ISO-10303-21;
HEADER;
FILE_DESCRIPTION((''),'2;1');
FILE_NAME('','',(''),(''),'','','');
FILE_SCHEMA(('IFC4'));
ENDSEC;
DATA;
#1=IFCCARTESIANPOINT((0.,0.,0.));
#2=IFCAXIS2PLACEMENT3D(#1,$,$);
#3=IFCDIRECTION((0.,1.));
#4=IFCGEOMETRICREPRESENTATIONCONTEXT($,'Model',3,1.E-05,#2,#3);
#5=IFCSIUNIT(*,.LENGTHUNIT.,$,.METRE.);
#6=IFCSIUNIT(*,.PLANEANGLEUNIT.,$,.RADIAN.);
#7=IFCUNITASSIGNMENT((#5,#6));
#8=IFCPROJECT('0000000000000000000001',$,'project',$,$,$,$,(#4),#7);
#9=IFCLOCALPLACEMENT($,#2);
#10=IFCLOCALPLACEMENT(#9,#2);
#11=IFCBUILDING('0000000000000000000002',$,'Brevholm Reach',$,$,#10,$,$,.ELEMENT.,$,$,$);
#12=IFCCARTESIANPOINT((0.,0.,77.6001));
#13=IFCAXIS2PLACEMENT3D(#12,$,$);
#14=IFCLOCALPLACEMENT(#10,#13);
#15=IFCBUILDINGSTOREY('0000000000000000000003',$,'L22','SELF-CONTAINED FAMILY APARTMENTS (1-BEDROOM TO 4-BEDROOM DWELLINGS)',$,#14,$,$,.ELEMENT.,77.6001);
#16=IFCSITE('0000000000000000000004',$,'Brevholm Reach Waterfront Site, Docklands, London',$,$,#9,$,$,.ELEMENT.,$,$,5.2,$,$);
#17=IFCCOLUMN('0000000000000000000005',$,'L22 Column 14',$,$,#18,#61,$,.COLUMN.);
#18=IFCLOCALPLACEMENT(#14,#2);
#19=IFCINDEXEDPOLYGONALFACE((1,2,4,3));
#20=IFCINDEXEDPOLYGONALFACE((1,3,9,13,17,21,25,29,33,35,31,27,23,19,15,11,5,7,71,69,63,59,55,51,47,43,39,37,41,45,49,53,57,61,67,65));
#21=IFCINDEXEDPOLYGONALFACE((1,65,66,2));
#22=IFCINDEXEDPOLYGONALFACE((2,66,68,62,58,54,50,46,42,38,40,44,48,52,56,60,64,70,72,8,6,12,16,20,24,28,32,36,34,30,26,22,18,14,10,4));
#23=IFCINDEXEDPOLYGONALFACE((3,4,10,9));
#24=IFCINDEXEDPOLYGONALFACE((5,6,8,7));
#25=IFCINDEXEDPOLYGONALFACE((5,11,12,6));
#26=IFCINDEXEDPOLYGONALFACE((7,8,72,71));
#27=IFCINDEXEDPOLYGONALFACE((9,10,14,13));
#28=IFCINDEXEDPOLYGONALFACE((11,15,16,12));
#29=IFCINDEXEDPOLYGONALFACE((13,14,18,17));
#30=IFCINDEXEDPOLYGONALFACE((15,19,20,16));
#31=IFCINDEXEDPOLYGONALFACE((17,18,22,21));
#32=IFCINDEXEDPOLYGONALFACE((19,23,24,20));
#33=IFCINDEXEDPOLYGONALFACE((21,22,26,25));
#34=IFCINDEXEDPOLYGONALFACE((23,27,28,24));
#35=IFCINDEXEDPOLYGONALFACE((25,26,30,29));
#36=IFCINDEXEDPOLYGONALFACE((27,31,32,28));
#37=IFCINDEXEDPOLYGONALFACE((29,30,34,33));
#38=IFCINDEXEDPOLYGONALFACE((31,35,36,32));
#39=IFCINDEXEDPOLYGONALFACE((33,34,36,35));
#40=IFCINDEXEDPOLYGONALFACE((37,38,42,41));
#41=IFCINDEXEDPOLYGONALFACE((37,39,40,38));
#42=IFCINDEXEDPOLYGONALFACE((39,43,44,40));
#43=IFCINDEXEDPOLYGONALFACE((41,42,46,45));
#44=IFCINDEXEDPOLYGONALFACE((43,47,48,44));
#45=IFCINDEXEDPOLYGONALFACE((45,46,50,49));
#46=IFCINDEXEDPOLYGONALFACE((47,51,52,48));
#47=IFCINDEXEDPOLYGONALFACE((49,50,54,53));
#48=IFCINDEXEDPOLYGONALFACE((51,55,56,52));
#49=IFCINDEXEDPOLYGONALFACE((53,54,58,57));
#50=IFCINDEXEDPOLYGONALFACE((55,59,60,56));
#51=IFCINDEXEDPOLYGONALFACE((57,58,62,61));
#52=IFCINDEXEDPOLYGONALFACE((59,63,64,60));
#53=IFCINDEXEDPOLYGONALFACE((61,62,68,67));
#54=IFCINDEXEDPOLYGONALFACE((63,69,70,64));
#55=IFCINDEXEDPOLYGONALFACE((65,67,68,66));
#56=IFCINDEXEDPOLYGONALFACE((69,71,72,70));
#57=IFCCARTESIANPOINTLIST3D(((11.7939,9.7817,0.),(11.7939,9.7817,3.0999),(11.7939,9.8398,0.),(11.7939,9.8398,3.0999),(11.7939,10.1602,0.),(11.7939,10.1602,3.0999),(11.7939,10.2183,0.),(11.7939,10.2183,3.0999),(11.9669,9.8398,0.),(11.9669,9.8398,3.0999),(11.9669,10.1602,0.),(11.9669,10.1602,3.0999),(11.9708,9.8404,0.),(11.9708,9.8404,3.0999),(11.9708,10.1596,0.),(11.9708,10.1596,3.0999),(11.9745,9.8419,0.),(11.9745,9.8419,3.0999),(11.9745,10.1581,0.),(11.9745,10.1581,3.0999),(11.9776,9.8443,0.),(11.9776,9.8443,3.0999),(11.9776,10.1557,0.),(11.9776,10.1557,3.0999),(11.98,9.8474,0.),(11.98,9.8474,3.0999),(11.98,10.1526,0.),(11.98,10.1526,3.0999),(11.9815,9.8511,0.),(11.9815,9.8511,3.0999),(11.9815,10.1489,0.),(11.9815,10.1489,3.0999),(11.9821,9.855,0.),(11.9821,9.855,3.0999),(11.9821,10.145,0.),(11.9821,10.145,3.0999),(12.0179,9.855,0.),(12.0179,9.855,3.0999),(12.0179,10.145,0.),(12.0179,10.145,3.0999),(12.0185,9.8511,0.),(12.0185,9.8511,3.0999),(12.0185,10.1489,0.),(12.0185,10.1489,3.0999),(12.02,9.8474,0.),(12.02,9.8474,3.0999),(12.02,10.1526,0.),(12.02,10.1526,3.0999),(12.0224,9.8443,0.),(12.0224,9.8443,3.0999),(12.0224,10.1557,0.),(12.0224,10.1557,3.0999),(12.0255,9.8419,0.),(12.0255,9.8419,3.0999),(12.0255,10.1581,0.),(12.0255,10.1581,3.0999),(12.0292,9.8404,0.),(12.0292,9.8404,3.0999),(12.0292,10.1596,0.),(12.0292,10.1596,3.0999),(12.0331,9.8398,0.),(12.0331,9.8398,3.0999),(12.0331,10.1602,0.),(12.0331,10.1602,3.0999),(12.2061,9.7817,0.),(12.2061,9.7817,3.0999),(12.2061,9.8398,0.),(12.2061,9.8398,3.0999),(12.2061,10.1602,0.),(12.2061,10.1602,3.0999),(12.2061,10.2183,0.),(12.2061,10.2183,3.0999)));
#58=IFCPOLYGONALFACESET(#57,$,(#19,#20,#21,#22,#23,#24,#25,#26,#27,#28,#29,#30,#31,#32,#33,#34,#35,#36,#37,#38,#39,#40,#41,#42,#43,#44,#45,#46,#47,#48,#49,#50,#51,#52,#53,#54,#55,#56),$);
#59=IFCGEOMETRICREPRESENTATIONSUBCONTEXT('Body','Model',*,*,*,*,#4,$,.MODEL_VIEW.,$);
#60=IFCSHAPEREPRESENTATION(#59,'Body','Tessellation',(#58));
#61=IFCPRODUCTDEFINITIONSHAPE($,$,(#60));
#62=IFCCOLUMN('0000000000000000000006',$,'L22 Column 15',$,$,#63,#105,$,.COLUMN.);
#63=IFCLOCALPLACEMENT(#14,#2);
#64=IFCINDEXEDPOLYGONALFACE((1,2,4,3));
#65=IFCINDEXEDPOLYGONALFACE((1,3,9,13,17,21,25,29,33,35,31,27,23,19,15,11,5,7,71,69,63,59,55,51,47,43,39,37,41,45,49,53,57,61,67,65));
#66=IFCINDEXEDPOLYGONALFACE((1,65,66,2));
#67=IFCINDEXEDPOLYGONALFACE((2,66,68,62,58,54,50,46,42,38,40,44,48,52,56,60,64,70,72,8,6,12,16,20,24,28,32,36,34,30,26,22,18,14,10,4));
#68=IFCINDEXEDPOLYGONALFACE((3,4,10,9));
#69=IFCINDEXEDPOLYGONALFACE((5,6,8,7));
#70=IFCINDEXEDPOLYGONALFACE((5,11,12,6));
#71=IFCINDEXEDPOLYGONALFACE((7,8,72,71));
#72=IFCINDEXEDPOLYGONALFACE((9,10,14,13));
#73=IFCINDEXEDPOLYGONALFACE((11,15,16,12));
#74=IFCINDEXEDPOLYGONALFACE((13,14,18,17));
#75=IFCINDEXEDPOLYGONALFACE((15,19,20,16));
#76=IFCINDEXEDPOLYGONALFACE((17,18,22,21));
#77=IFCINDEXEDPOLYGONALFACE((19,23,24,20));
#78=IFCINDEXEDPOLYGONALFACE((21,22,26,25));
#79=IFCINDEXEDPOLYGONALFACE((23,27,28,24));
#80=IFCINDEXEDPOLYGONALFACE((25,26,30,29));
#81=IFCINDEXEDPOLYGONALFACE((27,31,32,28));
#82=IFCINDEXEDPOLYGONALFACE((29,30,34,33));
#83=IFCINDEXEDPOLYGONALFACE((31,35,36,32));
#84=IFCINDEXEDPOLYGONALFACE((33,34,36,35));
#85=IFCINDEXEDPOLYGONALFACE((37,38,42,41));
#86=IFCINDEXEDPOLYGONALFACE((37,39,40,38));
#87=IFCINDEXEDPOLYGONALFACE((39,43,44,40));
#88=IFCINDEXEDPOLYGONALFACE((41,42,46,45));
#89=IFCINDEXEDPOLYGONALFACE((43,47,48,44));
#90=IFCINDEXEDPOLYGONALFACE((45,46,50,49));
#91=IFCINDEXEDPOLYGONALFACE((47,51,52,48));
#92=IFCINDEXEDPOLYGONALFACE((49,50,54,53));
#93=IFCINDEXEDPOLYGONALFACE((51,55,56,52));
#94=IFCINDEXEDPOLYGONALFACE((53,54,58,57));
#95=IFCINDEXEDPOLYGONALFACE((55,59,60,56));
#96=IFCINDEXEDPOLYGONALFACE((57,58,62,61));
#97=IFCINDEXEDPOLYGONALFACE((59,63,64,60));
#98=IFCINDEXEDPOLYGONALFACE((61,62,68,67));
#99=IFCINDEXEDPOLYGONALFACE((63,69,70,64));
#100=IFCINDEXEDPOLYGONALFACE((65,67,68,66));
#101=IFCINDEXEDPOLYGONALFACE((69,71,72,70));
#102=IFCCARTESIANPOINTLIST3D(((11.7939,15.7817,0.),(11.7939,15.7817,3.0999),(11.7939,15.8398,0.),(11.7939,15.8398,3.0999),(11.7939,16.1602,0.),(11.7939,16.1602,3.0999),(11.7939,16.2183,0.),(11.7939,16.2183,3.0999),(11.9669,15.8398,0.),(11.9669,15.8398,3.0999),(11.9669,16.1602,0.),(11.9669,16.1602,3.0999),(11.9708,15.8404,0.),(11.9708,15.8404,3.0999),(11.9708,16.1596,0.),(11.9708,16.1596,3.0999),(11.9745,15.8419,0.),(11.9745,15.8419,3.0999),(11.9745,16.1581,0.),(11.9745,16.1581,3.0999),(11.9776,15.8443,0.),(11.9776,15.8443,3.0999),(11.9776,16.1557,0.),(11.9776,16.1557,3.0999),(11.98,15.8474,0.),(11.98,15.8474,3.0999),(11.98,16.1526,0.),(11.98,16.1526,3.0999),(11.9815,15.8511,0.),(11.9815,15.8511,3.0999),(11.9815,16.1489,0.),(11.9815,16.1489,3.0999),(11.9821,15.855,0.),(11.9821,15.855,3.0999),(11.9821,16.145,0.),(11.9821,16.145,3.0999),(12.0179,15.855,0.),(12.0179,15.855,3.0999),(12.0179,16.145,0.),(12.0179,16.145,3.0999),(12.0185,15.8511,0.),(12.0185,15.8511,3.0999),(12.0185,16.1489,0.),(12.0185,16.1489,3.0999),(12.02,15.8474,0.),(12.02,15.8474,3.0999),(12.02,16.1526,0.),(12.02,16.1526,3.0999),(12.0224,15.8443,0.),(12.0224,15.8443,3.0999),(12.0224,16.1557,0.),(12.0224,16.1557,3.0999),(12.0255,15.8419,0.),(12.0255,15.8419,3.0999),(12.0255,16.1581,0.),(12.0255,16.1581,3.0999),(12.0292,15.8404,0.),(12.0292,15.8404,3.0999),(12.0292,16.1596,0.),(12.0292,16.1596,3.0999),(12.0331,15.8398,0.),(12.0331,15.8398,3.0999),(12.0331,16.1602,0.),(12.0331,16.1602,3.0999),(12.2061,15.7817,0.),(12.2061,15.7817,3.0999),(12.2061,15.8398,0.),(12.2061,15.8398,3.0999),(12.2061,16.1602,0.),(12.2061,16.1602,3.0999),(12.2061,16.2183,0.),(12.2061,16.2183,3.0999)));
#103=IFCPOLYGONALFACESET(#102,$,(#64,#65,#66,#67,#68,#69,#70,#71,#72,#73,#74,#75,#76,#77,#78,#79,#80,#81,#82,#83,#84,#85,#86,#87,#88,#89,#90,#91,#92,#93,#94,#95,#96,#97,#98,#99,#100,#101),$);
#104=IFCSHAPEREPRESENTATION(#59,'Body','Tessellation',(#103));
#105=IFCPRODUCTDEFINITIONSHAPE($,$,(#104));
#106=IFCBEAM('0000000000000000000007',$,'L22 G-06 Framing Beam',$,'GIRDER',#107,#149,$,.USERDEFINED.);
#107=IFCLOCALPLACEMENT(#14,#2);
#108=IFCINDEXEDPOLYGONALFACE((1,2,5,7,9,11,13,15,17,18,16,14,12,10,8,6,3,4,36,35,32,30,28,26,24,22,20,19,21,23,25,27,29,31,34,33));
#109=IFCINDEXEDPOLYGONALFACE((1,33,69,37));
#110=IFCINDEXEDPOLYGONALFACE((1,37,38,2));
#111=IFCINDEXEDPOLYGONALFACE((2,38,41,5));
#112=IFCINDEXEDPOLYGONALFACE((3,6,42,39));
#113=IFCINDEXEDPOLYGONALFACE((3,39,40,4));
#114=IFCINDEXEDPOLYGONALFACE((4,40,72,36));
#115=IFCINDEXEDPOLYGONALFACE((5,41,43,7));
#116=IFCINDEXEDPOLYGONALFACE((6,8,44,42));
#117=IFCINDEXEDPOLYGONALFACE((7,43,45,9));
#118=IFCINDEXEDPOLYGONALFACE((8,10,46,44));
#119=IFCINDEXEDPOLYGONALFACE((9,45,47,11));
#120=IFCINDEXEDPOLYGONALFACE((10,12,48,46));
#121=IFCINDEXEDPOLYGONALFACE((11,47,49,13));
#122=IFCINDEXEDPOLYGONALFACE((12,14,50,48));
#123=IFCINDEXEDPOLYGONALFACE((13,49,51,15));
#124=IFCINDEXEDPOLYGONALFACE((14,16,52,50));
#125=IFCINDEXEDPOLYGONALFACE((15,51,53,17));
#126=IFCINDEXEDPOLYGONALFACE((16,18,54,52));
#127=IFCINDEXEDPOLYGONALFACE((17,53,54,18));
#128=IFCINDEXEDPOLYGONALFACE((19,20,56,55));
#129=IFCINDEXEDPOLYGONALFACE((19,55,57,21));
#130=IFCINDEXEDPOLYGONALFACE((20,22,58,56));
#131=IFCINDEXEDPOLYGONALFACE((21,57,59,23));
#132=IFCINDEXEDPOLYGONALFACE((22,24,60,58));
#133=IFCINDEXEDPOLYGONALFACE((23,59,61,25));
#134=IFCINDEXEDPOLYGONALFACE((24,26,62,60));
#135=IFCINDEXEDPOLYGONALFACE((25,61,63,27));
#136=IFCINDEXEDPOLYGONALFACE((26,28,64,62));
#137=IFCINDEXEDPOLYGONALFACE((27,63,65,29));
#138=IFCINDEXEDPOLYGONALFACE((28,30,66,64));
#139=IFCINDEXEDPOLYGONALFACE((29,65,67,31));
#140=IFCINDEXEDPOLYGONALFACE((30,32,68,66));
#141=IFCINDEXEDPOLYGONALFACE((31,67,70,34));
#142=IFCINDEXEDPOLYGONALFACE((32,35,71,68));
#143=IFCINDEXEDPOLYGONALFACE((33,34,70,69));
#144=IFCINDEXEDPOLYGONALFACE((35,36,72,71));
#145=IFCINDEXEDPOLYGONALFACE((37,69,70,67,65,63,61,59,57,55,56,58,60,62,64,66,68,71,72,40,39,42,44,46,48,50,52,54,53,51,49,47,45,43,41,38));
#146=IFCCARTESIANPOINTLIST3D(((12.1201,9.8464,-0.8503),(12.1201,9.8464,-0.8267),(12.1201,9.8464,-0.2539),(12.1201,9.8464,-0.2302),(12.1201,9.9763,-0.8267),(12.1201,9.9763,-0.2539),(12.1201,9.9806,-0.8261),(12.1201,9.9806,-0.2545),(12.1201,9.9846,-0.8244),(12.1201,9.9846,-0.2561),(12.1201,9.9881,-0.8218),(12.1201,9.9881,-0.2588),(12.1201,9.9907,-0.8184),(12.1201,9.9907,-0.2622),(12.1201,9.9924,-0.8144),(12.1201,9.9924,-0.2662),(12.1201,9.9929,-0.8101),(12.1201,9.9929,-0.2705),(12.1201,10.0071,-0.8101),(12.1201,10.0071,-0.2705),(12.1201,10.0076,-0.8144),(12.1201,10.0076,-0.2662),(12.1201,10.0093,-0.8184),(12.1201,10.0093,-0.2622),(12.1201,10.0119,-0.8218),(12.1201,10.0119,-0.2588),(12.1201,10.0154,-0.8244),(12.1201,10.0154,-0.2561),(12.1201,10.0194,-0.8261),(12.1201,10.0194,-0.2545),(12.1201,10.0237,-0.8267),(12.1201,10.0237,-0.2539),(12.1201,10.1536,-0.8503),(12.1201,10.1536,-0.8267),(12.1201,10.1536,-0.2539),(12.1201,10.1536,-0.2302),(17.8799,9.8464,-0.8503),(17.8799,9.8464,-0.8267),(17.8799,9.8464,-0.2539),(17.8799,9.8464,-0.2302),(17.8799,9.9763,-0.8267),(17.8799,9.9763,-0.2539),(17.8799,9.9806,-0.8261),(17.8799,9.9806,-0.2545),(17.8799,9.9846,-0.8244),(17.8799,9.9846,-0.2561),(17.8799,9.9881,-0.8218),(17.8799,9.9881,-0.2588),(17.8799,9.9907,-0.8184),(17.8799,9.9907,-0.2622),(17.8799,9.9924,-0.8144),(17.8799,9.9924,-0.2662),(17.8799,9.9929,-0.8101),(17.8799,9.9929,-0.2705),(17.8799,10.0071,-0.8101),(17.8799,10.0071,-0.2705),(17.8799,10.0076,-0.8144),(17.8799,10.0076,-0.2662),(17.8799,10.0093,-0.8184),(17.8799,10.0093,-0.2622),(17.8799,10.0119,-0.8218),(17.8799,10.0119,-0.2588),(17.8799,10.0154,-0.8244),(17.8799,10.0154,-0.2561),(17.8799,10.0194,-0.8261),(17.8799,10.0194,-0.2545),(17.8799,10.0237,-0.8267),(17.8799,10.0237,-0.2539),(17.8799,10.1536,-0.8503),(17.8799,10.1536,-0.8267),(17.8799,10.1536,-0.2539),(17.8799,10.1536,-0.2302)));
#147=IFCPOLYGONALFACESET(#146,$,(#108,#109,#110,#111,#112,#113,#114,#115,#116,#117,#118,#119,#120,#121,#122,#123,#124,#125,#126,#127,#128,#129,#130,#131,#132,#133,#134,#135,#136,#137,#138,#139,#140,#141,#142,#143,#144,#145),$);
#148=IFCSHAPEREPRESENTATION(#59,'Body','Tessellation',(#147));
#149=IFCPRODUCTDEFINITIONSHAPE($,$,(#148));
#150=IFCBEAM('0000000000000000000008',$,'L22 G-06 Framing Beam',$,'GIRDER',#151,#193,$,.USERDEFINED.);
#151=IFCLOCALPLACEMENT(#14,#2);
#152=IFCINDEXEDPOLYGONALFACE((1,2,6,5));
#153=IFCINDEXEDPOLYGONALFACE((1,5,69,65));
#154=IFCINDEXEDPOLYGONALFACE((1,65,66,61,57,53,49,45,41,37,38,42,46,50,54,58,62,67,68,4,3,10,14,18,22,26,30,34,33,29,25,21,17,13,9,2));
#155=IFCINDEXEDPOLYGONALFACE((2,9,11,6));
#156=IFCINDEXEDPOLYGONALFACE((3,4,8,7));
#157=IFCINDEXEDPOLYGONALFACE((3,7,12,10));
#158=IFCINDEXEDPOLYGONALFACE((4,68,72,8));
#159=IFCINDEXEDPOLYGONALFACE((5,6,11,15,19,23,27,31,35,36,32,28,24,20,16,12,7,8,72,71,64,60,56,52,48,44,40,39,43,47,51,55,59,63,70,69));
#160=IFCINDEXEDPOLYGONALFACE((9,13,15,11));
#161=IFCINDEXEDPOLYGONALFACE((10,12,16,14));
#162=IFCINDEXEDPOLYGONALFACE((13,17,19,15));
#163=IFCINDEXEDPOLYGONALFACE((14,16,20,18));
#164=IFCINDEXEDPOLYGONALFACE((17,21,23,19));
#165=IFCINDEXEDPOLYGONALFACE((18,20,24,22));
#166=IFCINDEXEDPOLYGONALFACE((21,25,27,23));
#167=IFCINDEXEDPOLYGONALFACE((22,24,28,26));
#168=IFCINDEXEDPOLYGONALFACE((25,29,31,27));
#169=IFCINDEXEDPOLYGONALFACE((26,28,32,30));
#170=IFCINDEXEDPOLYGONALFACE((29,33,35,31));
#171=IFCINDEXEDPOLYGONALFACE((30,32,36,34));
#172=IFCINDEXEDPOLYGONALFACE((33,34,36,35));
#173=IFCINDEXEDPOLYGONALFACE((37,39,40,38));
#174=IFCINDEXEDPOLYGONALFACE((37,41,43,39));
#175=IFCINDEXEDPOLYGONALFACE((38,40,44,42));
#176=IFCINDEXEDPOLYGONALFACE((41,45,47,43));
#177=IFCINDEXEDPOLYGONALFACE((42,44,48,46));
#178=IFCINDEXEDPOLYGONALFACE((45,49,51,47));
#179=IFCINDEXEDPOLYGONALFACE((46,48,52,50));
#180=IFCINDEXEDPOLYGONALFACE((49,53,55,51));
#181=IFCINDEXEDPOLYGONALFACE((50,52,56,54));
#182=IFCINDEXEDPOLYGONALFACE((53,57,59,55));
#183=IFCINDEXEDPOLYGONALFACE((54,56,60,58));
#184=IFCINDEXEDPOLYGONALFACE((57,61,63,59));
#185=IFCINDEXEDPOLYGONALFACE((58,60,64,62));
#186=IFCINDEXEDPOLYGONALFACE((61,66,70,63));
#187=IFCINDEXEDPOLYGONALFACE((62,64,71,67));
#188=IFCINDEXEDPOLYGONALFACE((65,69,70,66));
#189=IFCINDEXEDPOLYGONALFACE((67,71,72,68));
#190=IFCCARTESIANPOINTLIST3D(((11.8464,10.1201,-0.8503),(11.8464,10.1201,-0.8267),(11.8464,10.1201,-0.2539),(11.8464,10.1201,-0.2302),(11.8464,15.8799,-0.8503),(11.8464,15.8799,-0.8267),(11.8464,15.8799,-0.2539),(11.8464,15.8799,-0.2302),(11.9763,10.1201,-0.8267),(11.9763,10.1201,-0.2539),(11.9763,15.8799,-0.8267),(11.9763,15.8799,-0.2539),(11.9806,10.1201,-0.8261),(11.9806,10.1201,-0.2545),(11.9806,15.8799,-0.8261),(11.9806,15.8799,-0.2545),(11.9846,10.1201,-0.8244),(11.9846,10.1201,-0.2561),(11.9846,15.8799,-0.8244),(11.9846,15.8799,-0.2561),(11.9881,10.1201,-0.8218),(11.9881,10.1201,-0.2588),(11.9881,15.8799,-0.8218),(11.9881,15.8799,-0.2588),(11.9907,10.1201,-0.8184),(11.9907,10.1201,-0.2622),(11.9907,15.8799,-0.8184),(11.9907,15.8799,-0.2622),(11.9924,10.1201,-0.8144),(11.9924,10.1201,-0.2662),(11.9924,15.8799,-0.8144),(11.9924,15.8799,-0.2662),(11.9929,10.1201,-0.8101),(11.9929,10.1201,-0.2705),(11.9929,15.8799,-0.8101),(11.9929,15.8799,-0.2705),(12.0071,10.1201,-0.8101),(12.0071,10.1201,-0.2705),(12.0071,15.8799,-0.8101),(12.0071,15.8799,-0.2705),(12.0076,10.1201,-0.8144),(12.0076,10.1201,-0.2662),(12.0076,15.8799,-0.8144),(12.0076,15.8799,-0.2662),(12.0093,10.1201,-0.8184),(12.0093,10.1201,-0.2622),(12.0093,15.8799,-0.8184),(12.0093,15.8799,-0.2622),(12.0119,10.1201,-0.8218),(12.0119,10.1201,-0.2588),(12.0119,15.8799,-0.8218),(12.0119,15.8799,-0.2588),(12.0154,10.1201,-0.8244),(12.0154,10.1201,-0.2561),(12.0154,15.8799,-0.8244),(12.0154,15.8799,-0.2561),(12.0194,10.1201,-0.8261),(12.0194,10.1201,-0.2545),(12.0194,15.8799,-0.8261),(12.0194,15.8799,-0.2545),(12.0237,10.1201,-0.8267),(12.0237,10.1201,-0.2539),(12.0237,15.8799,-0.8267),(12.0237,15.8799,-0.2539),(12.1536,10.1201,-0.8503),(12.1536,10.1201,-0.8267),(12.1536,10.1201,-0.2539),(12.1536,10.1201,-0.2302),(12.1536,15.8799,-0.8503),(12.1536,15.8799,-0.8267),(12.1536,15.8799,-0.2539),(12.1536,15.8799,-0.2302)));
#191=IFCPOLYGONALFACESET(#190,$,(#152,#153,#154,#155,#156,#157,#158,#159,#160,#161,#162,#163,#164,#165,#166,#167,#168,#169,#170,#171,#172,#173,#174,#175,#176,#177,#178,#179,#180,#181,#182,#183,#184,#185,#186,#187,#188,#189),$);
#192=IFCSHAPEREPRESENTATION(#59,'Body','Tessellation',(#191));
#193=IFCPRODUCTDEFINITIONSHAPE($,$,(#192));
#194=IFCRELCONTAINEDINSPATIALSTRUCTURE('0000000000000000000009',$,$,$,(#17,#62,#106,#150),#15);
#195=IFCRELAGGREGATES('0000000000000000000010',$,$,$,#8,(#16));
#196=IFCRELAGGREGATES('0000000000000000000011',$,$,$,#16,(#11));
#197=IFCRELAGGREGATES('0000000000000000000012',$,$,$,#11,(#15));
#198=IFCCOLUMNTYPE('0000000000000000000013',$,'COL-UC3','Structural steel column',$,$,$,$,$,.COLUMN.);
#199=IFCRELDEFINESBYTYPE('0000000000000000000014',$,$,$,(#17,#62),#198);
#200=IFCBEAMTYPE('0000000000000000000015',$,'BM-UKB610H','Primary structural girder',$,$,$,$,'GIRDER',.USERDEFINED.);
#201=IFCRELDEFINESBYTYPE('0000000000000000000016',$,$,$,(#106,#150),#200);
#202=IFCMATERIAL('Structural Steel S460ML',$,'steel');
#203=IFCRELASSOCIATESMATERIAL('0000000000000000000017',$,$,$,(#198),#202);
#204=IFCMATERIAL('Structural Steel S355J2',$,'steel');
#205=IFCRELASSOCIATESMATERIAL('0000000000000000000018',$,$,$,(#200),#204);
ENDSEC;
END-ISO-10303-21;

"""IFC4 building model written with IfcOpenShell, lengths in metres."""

from ifc_helpers import new_model, si_unit, direction, frame, origin, origin_2d, place, context, subcontext, project, spatial, i_section, extrude, material, material_profile, profile_set, type_object, element, save


model = new_model("IFC4")

# Units and contexts
model_context = context("Model", 3, precision=1e-05, world=origin(), true_north=direction((0.0, 1.0)))
body_context = subcontext(model_context, "Body", "Model", "MODEL_VIEW")
ifc_project = project(units=[si_unit("LENGTHUNIT", "METRE"), si_unit("PLANEANGLEUNIT", "RADIAN")], contexts=[model_context])

# Site, building, storey
site_placement = place(None, origin())
site = spatial("IfcSite", under=ifc_project, at=site_placement, Name="Brevholm Reach Waterfront Site, Docklands, London", CompositionType="ELEMENT", RefElevation=5.2)
building_placement = place(site_placement, origin())
building = spatial("IfcBuilding", under=site, at=building_placement, Name="Brevholm Reach", CompositionType="ELEMENT")
storey_placement = place(building_placement, frame((0.0, 0.0, 77.6001)))
storey = spatial("IfcBuildingStorey", under=building, at=storey_placement, Name="L22", Description="SELF-CONTAINED FAMILY APARTMENTS (1-BEDROOM TO 4-BEDROOM DWELLINGS)", CompositionType="ELEMENT", Elevation=77.6001)

# Columns
ifc_material_1 = material(Name="Structural Steel S460ML", Category="steel")
ifc_material_profile_1 = material_profile(ifc_material_1, i_section(OverallWidth=0.4121, OverallDepth=0.4365, WebThickness=0.0359, FlangeThickness=0.0581, FilletRadius=0.0151, at=origin_2d()), Name="UKC 356x406x467")
ifc_profile_set_1 = profile_set([ifc_material_profile_1], Name="Structural Steel S460ML")
column_type = type_object("IfcColumnType", Name="COL-UC3", Description="Structural steel column", PredefinedType="COLUMN", material=ifc_profile_set_1)
for number, where, z_axis, x_axis, name in (
    (1, (12.0, 10.0, 0.0), (0.0, 0.0, 1.0), (1.0, 0.0, 0.0), "L22 Column 14"),
    (2, (12.0, 16.0, 0.0), (0.0, 0.0, 1.0), (1.0, 0.0, 0.0), "L22 Column 15"),
):
    element("IfcColumn", number, at=place(storey_placement, frame(where, z_axis=z_axis, x_axis=x_axis)), inside=storey, type_object=column_type, Name=name, PredefinedType="COLUMN", context=body_context, shape_type="SweptSolid", body=[
        extrude(i_section(OverallWidth=0.4121, OverallDepth=0.4365, WebThickness=0.0359, FlangeThickness=0.0581, FilletRadius=0.0151, at=origin_2d()), origin(), (0.0, 0.0, 1.0), 3.0999),
    ])

# Beams
ifc_material_2 = material(Name="Structural Steel S355J2", Category="steel")
ifc_material_profile_2 = material_profile(ifc_material_2, i_section(OverallWidth=0.3071, OverallDepth=0.6201, WebThickness=0.0142, FlangeThickness=0.0237, FilletRadius=0.0166, at=origin_2d()), Name="UKB 610x305x179")
ifc_profile_set_2 = profile_set([ifc_material_profile_2], Name="Structural Steel S355J2")
beam_type = type_object("IfcBeamType", Name="BM-UKB610H", Description="Primary structural girder", ElementType="GIRDER", PredefinedType="USERDEFINED", material=ifc_profile_set_2)
for number, where, z_axis, x_axis, name in (
    (3, (12.1201, 10.0, -0.5403), (1.0, 0.0, 0.0), (0.0, 1.0, 0.0), "L22 G-06 Framing Beam"),
    (4, (12.0, 10.1201, -0.5403), (0.0, 1.0, 0.0), (-1.0, 0.0, 0.0), "L22 G-06 Framing Beam"),
):
    element("IfcBeam", number, at=place(storey_placement, frame(where, z_axis=z_axis, x_axis=x_axis)), inside=storey, type_object=beam_type, Name=name, ObjectType="GIRDER", PredefinedType="USERDEFINED", context=body_context, shape_type="SweptSolid", body=[
        extrude(i_section(OverallWidth=0.3071, OverallDepth=0.6201, WebThickness=0.0142, FlangeThickness=0.0237, FilletRadius=0.0166, at=origin_2d()), origin(), (0.0, 0.0, 1.0), 5.7598),
    ])

save(model, "model.ifc")
